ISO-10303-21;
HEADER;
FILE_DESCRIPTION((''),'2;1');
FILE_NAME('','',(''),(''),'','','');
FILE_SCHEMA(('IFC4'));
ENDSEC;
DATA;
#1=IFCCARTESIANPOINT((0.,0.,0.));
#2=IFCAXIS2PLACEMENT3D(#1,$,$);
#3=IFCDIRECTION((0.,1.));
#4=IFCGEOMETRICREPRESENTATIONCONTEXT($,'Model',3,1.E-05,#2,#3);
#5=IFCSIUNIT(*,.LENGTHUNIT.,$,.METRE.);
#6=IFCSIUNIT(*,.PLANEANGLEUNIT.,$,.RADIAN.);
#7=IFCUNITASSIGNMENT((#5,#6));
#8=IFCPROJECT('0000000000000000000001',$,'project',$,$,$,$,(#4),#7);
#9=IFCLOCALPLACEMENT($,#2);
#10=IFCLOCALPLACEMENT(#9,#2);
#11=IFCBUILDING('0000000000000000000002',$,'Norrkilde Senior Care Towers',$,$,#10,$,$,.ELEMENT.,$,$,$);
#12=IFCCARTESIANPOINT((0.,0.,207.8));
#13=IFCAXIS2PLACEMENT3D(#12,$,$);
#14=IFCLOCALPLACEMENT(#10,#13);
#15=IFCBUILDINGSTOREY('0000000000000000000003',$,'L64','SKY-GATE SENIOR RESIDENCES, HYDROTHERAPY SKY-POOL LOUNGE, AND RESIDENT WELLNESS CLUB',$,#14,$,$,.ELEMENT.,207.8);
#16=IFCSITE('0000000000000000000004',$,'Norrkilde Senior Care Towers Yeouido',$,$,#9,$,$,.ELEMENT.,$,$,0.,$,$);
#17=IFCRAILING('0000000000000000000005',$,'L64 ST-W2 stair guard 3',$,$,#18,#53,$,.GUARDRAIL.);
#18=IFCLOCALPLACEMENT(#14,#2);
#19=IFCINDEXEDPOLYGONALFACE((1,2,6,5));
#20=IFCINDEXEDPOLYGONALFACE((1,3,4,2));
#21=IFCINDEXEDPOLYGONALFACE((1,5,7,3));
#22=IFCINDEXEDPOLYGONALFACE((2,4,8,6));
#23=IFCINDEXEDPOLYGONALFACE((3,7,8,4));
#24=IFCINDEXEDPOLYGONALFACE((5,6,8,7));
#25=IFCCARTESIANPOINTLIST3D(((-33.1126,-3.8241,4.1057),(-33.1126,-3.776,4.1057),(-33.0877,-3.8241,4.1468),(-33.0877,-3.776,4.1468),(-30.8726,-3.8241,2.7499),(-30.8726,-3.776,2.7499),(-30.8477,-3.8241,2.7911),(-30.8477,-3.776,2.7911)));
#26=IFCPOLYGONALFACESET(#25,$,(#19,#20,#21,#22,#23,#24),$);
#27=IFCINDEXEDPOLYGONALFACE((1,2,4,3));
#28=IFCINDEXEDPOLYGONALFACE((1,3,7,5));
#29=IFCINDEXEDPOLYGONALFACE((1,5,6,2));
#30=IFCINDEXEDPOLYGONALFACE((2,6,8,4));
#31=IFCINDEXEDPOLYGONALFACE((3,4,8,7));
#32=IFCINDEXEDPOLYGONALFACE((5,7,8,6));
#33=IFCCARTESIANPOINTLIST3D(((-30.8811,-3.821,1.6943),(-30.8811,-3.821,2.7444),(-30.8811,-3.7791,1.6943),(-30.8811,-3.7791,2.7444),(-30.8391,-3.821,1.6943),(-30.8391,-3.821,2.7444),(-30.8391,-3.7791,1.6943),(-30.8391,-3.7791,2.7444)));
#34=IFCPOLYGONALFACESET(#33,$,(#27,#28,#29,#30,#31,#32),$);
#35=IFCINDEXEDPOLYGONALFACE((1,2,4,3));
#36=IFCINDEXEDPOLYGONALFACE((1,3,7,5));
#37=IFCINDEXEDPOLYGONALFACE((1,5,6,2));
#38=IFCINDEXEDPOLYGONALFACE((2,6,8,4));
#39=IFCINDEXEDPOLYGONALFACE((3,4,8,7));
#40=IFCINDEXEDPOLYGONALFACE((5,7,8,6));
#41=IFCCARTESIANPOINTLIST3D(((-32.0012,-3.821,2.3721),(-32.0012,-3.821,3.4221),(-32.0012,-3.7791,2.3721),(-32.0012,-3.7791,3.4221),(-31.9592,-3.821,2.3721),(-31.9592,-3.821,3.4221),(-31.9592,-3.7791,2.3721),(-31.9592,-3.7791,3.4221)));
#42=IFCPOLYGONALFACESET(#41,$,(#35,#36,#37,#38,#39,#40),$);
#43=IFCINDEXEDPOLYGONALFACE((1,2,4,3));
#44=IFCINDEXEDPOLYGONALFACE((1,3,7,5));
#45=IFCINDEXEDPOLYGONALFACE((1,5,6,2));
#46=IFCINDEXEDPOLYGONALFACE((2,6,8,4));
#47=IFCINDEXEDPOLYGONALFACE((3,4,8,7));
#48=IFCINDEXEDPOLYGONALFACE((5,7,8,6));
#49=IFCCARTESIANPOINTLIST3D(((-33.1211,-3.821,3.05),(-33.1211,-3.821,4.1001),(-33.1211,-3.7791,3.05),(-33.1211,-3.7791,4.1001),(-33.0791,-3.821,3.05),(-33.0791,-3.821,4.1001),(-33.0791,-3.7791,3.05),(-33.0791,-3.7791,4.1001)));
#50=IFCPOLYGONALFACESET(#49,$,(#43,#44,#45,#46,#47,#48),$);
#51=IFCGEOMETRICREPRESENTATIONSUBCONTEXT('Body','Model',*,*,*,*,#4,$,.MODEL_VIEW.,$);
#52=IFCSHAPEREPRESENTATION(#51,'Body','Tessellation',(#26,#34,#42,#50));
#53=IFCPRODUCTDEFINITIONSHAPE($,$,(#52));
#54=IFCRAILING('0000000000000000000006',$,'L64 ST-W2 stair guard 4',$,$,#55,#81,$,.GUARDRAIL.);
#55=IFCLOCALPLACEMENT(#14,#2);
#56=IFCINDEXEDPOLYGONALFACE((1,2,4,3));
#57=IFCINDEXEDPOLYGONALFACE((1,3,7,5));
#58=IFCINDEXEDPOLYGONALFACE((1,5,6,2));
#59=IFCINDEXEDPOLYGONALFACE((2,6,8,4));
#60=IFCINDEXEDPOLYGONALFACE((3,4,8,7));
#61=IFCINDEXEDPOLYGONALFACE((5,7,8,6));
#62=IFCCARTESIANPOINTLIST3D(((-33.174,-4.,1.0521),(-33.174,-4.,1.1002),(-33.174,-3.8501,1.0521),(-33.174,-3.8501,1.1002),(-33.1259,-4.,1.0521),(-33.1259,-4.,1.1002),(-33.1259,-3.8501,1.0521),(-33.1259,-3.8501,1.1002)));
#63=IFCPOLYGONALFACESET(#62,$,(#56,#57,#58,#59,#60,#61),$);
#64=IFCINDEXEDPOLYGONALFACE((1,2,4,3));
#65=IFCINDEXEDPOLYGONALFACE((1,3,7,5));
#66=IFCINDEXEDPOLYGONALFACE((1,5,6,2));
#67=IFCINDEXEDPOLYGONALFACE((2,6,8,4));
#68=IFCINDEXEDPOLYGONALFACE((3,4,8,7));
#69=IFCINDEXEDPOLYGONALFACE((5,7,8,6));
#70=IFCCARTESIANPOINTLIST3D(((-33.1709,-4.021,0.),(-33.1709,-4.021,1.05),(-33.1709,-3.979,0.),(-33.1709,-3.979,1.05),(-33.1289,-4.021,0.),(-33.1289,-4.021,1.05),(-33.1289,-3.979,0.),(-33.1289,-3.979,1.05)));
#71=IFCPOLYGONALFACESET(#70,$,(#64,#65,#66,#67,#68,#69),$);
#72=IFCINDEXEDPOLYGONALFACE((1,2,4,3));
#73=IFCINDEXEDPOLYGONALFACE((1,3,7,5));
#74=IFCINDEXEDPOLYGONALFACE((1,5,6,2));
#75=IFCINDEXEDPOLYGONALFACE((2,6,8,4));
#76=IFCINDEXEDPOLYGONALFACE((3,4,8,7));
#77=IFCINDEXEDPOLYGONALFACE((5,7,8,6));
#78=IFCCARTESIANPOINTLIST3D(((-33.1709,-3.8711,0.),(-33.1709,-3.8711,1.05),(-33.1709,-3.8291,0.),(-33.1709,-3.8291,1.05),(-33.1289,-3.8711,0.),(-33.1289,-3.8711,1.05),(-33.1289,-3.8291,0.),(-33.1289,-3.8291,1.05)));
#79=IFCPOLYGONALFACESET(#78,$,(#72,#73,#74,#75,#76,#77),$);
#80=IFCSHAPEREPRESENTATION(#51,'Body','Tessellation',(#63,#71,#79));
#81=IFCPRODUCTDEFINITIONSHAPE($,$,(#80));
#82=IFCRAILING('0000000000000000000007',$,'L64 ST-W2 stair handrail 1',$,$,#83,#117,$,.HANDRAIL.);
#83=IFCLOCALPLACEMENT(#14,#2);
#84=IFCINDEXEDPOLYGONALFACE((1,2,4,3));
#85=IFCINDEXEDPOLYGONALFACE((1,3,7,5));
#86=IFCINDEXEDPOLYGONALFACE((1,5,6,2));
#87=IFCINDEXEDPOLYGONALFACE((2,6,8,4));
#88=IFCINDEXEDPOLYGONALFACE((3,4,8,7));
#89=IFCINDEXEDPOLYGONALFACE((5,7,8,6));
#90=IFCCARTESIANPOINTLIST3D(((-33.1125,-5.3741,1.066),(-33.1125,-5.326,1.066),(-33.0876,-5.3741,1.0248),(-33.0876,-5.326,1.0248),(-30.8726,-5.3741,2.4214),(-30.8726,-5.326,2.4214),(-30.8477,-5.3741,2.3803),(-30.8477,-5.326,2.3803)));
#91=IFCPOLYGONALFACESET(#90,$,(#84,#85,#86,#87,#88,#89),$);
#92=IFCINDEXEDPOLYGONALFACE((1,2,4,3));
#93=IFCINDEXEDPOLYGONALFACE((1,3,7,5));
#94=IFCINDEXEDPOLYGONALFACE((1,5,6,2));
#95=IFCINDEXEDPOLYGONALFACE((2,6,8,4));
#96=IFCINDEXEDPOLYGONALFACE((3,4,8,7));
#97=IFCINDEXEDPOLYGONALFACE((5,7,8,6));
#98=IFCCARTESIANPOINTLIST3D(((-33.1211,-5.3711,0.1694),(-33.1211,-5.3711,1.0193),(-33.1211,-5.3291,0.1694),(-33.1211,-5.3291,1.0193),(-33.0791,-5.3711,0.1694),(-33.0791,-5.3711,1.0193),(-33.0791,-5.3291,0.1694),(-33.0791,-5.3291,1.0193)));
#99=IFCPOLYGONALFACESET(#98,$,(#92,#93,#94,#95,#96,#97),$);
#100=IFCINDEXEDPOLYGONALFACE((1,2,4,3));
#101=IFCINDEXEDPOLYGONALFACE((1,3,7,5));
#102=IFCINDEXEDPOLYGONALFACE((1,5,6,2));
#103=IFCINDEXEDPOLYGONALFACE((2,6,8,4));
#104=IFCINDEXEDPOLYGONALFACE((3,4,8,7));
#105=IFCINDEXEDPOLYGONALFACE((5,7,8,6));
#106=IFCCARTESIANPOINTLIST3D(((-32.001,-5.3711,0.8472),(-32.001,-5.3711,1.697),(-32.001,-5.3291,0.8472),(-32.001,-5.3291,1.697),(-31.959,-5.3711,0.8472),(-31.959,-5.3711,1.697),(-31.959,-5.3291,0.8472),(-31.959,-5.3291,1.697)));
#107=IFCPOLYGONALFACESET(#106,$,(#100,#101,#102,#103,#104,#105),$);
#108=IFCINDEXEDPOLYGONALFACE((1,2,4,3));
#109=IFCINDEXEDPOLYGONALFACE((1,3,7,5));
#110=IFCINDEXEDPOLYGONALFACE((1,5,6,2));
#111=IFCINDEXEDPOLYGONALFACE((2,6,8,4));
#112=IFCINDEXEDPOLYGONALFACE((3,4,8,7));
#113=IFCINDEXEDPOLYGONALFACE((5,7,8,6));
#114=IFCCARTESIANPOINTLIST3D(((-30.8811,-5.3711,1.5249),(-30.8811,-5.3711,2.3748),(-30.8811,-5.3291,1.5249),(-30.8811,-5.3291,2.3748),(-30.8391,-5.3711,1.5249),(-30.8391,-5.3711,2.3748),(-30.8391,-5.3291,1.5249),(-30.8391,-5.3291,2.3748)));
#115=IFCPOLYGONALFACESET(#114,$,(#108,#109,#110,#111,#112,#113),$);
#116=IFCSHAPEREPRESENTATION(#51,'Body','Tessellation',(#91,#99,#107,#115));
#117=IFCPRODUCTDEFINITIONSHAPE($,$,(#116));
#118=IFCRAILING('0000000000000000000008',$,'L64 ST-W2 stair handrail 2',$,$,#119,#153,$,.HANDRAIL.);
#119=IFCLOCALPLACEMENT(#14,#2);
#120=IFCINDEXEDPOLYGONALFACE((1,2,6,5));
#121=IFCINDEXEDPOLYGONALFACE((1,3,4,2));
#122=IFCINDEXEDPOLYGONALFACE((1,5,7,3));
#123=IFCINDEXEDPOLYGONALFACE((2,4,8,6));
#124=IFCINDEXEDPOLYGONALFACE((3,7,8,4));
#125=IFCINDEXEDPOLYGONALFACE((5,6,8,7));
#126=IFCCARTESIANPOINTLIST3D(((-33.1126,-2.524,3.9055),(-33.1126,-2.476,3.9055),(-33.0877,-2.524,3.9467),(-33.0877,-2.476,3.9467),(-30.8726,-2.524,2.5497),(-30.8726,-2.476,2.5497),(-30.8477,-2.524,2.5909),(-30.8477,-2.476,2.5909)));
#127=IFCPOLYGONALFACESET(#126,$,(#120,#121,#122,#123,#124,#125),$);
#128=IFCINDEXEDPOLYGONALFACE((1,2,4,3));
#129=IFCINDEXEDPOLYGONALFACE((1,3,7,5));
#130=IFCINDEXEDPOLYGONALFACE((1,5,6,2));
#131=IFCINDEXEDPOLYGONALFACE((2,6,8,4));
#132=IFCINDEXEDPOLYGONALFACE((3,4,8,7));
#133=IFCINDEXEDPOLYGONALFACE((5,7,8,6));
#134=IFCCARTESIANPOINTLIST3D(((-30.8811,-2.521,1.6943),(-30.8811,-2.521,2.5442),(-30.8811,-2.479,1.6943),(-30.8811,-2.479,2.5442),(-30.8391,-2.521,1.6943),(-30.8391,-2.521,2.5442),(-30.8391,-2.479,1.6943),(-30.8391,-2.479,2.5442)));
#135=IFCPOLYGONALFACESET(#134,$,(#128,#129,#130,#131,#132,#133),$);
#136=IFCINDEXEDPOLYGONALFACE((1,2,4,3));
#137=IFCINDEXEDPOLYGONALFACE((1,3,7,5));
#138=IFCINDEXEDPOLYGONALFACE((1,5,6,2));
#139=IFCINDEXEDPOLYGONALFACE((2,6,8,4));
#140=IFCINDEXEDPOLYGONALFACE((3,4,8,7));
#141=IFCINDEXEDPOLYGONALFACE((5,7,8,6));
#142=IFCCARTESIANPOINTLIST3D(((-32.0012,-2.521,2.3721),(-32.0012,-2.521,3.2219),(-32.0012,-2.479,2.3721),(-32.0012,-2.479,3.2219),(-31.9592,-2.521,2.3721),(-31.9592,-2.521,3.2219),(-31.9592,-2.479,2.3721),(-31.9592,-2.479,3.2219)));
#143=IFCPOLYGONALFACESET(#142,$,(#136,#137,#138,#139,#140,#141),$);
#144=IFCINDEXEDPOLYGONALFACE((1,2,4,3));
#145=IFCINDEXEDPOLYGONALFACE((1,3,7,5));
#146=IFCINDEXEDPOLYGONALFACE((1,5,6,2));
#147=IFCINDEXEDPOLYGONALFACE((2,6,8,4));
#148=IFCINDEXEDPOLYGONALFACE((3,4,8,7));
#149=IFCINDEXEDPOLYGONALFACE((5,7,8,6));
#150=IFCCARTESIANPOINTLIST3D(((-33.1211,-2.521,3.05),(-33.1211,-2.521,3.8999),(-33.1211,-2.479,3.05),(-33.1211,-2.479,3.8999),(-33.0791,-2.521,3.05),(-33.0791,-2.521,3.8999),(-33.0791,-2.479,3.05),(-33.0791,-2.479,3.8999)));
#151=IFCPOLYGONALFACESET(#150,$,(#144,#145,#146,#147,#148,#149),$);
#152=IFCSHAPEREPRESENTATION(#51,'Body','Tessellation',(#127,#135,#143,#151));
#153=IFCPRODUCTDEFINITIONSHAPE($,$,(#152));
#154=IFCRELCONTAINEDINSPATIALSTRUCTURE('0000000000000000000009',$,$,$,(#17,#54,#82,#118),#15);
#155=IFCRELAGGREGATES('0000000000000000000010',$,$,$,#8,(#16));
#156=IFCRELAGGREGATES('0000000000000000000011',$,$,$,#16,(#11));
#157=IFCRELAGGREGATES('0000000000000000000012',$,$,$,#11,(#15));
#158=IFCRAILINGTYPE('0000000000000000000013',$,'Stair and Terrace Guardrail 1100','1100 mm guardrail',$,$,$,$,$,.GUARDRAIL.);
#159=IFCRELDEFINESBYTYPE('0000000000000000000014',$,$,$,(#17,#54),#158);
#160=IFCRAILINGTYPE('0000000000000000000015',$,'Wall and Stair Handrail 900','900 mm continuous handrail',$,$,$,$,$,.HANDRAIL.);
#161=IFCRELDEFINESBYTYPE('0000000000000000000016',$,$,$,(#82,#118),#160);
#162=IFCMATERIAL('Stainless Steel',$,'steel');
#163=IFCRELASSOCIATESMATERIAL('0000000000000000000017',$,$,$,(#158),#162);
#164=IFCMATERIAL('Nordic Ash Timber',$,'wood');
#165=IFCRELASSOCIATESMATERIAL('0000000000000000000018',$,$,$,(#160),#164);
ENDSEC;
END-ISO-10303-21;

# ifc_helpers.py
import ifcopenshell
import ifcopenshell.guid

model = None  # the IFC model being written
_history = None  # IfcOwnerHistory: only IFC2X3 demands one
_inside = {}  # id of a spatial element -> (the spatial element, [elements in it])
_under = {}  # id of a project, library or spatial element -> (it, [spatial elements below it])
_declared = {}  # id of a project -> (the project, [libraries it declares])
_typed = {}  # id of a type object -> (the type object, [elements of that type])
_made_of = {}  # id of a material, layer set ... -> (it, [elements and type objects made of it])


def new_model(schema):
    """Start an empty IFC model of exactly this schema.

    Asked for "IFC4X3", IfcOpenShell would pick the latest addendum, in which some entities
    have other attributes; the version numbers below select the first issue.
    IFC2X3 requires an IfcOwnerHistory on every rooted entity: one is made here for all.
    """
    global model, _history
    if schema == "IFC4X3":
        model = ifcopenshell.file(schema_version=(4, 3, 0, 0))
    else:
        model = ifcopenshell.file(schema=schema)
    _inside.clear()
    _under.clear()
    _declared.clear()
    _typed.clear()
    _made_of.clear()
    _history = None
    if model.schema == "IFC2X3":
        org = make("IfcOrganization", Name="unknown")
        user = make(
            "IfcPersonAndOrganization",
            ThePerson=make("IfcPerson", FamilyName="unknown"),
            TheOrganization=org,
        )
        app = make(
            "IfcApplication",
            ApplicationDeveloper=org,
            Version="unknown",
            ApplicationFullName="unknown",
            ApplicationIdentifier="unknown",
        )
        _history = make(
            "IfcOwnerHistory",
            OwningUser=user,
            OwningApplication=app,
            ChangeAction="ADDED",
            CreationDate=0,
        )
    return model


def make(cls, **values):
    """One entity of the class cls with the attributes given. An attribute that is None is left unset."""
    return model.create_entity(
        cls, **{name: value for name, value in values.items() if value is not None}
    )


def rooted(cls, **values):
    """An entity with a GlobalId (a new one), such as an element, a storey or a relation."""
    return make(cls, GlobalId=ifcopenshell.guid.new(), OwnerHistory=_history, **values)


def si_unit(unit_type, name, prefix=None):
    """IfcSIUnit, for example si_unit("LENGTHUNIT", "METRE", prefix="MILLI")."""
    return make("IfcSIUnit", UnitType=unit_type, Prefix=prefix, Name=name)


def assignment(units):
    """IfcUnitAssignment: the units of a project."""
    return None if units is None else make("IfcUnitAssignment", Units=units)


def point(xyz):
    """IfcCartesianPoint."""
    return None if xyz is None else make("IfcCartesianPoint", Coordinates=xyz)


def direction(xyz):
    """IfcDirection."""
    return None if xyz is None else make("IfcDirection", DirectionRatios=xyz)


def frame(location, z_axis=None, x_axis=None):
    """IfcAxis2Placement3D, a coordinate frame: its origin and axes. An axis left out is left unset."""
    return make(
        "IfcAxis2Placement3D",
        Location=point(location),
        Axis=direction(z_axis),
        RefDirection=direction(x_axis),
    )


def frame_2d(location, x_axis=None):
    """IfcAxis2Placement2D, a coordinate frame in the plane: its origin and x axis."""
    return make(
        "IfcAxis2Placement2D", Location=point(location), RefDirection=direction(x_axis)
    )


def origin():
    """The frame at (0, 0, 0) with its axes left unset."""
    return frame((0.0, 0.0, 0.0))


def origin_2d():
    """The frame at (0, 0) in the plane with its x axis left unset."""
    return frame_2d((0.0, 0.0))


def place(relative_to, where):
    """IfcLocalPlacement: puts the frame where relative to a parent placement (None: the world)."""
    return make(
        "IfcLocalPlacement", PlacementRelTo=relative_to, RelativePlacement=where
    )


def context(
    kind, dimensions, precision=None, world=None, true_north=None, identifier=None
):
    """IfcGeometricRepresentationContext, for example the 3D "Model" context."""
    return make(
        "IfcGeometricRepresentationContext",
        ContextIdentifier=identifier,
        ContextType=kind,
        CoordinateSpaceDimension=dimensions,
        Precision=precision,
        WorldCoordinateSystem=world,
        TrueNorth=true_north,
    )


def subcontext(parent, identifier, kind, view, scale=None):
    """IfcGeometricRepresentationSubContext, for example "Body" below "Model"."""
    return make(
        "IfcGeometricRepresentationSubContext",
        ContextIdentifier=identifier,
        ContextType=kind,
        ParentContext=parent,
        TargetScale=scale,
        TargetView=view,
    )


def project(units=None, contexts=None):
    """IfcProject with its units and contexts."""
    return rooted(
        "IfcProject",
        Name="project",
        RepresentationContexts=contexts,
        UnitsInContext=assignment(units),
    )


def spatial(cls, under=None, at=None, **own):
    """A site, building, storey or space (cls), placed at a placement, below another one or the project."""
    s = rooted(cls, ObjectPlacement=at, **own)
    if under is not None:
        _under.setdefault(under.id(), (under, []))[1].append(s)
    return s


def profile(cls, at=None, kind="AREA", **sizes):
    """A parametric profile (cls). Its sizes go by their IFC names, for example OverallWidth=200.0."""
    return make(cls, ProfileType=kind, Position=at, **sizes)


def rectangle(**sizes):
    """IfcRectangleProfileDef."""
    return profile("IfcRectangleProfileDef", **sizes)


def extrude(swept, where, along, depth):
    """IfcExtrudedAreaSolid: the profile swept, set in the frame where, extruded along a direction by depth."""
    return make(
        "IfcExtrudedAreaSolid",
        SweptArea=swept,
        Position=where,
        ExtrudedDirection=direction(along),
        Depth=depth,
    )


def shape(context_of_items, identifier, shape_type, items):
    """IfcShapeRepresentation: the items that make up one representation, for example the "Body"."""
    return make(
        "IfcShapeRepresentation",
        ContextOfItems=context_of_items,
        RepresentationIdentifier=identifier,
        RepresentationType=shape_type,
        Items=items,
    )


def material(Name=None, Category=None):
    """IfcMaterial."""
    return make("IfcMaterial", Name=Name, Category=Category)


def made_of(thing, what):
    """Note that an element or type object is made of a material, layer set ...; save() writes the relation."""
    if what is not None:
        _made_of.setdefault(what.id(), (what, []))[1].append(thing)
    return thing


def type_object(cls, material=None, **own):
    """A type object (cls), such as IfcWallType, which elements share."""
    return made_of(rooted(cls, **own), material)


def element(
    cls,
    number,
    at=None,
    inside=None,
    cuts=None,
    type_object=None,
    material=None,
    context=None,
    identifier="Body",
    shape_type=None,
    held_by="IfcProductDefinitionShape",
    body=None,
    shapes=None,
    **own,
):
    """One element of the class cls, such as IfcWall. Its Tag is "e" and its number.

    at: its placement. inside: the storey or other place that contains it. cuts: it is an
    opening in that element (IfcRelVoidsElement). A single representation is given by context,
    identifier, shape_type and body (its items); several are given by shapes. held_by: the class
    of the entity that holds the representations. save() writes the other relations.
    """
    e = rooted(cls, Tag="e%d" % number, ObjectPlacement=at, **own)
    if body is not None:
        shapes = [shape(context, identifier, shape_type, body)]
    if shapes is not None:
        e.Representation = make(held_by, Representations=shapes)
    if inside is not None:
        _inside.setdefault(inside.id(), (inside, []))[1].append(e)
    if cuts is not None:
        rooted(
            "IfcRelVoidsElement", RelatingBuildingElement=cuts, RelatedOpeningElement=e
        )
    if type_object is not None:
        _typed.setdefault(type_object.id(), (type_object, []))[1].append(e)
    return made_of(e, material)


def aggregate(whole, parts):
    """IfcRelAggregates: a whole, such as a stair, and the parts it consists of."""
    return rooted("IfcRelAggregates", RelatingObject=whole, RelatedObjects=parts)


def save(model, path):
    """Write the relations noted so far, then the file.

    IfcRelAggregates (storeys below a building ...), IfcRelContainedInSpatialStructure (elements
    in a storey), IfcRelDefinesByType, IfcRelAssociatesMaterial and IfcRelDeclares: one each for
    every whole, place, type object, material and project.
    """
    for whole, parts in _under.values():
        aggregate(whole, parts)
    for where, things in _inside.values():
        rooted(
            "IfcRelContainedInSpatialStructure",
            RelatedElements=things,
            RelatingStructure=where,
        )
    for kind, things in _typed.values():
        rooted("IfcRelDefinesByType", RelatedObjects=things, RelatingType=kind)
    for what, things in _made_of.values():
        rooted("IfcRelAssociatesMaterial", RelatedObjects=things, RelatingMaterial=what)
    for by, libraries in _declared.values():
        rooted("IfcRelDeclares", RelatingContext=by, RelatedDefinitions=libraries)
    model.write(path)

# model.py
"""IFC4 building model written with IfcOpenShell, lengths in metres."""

from ifc_helpers import new_model, si_unit, direction, frame, origin, origin_2d, place, context, subcontext, project, spatial, rectangle, extrude, material, type_object, element, save


model = new_model("IFC4")

# Units and contexts
model_context = context("Model", 3, precision=1e-05, world=origin(), true_north=direction((0.0, 1.0)))
body_context = subcontext(model_context, "Body", "Model", "MODEL_VIEW")
ifc_project = project(units=[si_unit("LENGTHUNIT", "METRE"), si_unit("PLANEANGLEUNIT", "RADIAN")], contexts=[model_context])

# Site, building, storey
site_placement = place(None, origin())
site = spatial("IfcSite", under=ifc_project, at=site_placement, Name="Norrkilde Senior Care Towers Yeouido", CompositionType="ELEMENT", RefElevation=0.0)
building_placement = place(site_placement, origin())
building = spatial("IfcBuilding", under=site, at=building_placement, Name="Norrkilde Senior Care Towers", CompositionType="ELEMENT")
storey_placement = place(building_placement, frame((0.0, 0.0, 207.8)))
storey = spatial("IfcBuildingStorey", under=building, at=storey_placement, Name="L64", Description="SKY-GATE SENIOR RESIDENCES, HYDROTHERAPY SKY-POOL LOUNGE, AND RESIDENT WELLNESS CLUB", CompositionType="ELEMENT", Elevation=207.8)

# Shared definitions
ifc_material_1 = material(Name="Stainless Steel", Category="steel")

# Shared definitions
ifc_material_2 = material(Name="Nordic Ash Timber", Category="wood")

# Railings
railing_type_1 = type_object("IfcRailingType", Name="Stair and Terrace Guardrail 1100", Description="1100 mm guardrail", PredefinedType="GUARDRAIL", material=ifc_material_1)
railing_1_placement = place(storey_placement, frame((-30.8601, -3.8, 1.6943)))
element("IfcRailing", 1, at=railing_1_placement, inside=storey, type_object=railing_type_1, Name="L64 ST-W2 stair guard 3", PredefinedType="GUARDRAIL", context=body_context, shape_type="SweptSolid", body=[
    extrude(rectangle(XDim=0.0481, YDim=0.0481, at=origin_2d()), frame((0.0, 0.0, 1.0762), z_axis=(-0.855512, 0.0, 0.517783), x_axis=(0.0, -1.0, 0.0)), (0.0, 0.0, 1.0), 2.6184),
    extrude(rectangle(XDim=0.042, YDim=0.042, at=origin_2d()), origin(), (0.0, 0.0, 1.0), 1.05),
    extrude(rectangle(XDim=0.042, YDim=0.042, at=origin_2d()), frame((-1.1201, 0.0, 0.6777)), (0.0, 0.0, 1.0), 1.05),
    extrude(rectangle(XDim=0.042, YDim=0.042, at=origin_2d()), frame((-2.24, 0.0, 1.3557)), (0.0, 0.0, 1.0), 1.05),
])
railing_2_placement = place(storey_placement, frame((-33.1499, -4.0, 0.0)))
element("IfcRailing", 2, at=railing_2_placement, inside=storey, type_object=railing_type_1, Name="L64 ST-W2 stair guard 4", PredefinedType="GUARDRAIL", context=body_context, shape_type="SweptSolid", body=[
    extrude(rectangle(XDim=0.0481, YDim=0.0481, at=origin_2d()), frame((0.0, 0.0, 1.0762), z_axis=(0.0, 1.0, 0.0), x_axis=(-1.0, 0.0, 0.0)), (0.0, 0.0, 1.0), 0.1499),
    extrude(rectangle(XDim=0.042, YDim=0.042, at=origin_2d()), origin(), (0.0, 0.0, 1.0), 1.05),
    extrude(rectangle(XDim=0.042, YDim=0.042, at=origin_2d()), frame((0.0, 0.1499, 0.0)), (0.0, 0.0, 1.0), 1.05),
])
railing_type_2 = type_object("IfcRailingType", Name="Wall and Stair Handrail 900", Description="900 mm continuous handrail", PredefinedType="HANDRAIL", material=ifc_material_2)
railing_3_placement = place(storey_placement, frame((-33.1001, -5.3501, 0.1694)))
element("IfcRailing", 3, at=railing_3_placement, inside=storey, type_object=railing_type_2, Name="L64 ST-W2 stair handrail 1", PredefinedType="HANDRAIL", context=body_context, shape_type="SweptSolid", body=[
    extrude(rectangle(XDim=0.0481, YDim=0.0481, at=origin_2d()), frame((0.0, 0.0, 0.876), z_axis=(0.855553, 0.0, 0.517715), x_axis=(0.0, 1.0, 0.0)), (0.0, 0.0, 1.0), 2.6182),
    extrude(rectangle(XDim=0.042, YDim=0.042, at=origin_2d()), origin(), (0.0, 0.0, 1.0), 0.8499),
    extrude(rectangle(XDim=0.042, YDim=0.042, at=origin_2d()), frame((1.1201, 0.0, 0.6777)), (0.0, 0.0, 1.0), 0.8499),
    extrude(rectangle(XDim=0.042, YDim=0.042, at=origin_2d()), frame((2.24, 0.0, 1.3555)), (0.0, 0.0, 1.0), 0.8499),
])
railing_4_placement = place(storey_placement, frame((-30.8601, -2.5, 1.6943)))
element("IfcRailing", 4, at=railing_4_placement, inside=storey, type_object=railing_type_2, Name="L64 ST-W2 stair handrail 2", PredefinedType="HANDRAIL", context=body_context, shape_type="SweptSolid", body=[
    extrude(rectangle(XDim=0.0481, YDim=0.0481, at=origin_2d()), frame((0.0, 0.0, 0.876), z_axis=(-0.855512, 0.0, 0.517783), x_axis=(0.0, -1.0, 0.0)), (0.0, 0.0, 1.0), 2.6184),
    extrude(rectangle(XDim=0.042, YDim=0.042, at=origin_2d()), origin(), (0.0, 0.0, 1.0), 0.8499),
    extrude(rectangle(XDim=0.042, YDim=0.042, at=origin_2d()), frame((-1.1201, 0.0, 0.6777)), (0.0, 0.0, 1.0), 0.8499),
    extrude(rectangle(XDim=0.042, YDim=0.042, at=origin_2d()), frame((-2.24, 0.0, 1.3557)), (0.0, 0.0, 1.0), 0.8499),
])

save(model, "model.ifc")
